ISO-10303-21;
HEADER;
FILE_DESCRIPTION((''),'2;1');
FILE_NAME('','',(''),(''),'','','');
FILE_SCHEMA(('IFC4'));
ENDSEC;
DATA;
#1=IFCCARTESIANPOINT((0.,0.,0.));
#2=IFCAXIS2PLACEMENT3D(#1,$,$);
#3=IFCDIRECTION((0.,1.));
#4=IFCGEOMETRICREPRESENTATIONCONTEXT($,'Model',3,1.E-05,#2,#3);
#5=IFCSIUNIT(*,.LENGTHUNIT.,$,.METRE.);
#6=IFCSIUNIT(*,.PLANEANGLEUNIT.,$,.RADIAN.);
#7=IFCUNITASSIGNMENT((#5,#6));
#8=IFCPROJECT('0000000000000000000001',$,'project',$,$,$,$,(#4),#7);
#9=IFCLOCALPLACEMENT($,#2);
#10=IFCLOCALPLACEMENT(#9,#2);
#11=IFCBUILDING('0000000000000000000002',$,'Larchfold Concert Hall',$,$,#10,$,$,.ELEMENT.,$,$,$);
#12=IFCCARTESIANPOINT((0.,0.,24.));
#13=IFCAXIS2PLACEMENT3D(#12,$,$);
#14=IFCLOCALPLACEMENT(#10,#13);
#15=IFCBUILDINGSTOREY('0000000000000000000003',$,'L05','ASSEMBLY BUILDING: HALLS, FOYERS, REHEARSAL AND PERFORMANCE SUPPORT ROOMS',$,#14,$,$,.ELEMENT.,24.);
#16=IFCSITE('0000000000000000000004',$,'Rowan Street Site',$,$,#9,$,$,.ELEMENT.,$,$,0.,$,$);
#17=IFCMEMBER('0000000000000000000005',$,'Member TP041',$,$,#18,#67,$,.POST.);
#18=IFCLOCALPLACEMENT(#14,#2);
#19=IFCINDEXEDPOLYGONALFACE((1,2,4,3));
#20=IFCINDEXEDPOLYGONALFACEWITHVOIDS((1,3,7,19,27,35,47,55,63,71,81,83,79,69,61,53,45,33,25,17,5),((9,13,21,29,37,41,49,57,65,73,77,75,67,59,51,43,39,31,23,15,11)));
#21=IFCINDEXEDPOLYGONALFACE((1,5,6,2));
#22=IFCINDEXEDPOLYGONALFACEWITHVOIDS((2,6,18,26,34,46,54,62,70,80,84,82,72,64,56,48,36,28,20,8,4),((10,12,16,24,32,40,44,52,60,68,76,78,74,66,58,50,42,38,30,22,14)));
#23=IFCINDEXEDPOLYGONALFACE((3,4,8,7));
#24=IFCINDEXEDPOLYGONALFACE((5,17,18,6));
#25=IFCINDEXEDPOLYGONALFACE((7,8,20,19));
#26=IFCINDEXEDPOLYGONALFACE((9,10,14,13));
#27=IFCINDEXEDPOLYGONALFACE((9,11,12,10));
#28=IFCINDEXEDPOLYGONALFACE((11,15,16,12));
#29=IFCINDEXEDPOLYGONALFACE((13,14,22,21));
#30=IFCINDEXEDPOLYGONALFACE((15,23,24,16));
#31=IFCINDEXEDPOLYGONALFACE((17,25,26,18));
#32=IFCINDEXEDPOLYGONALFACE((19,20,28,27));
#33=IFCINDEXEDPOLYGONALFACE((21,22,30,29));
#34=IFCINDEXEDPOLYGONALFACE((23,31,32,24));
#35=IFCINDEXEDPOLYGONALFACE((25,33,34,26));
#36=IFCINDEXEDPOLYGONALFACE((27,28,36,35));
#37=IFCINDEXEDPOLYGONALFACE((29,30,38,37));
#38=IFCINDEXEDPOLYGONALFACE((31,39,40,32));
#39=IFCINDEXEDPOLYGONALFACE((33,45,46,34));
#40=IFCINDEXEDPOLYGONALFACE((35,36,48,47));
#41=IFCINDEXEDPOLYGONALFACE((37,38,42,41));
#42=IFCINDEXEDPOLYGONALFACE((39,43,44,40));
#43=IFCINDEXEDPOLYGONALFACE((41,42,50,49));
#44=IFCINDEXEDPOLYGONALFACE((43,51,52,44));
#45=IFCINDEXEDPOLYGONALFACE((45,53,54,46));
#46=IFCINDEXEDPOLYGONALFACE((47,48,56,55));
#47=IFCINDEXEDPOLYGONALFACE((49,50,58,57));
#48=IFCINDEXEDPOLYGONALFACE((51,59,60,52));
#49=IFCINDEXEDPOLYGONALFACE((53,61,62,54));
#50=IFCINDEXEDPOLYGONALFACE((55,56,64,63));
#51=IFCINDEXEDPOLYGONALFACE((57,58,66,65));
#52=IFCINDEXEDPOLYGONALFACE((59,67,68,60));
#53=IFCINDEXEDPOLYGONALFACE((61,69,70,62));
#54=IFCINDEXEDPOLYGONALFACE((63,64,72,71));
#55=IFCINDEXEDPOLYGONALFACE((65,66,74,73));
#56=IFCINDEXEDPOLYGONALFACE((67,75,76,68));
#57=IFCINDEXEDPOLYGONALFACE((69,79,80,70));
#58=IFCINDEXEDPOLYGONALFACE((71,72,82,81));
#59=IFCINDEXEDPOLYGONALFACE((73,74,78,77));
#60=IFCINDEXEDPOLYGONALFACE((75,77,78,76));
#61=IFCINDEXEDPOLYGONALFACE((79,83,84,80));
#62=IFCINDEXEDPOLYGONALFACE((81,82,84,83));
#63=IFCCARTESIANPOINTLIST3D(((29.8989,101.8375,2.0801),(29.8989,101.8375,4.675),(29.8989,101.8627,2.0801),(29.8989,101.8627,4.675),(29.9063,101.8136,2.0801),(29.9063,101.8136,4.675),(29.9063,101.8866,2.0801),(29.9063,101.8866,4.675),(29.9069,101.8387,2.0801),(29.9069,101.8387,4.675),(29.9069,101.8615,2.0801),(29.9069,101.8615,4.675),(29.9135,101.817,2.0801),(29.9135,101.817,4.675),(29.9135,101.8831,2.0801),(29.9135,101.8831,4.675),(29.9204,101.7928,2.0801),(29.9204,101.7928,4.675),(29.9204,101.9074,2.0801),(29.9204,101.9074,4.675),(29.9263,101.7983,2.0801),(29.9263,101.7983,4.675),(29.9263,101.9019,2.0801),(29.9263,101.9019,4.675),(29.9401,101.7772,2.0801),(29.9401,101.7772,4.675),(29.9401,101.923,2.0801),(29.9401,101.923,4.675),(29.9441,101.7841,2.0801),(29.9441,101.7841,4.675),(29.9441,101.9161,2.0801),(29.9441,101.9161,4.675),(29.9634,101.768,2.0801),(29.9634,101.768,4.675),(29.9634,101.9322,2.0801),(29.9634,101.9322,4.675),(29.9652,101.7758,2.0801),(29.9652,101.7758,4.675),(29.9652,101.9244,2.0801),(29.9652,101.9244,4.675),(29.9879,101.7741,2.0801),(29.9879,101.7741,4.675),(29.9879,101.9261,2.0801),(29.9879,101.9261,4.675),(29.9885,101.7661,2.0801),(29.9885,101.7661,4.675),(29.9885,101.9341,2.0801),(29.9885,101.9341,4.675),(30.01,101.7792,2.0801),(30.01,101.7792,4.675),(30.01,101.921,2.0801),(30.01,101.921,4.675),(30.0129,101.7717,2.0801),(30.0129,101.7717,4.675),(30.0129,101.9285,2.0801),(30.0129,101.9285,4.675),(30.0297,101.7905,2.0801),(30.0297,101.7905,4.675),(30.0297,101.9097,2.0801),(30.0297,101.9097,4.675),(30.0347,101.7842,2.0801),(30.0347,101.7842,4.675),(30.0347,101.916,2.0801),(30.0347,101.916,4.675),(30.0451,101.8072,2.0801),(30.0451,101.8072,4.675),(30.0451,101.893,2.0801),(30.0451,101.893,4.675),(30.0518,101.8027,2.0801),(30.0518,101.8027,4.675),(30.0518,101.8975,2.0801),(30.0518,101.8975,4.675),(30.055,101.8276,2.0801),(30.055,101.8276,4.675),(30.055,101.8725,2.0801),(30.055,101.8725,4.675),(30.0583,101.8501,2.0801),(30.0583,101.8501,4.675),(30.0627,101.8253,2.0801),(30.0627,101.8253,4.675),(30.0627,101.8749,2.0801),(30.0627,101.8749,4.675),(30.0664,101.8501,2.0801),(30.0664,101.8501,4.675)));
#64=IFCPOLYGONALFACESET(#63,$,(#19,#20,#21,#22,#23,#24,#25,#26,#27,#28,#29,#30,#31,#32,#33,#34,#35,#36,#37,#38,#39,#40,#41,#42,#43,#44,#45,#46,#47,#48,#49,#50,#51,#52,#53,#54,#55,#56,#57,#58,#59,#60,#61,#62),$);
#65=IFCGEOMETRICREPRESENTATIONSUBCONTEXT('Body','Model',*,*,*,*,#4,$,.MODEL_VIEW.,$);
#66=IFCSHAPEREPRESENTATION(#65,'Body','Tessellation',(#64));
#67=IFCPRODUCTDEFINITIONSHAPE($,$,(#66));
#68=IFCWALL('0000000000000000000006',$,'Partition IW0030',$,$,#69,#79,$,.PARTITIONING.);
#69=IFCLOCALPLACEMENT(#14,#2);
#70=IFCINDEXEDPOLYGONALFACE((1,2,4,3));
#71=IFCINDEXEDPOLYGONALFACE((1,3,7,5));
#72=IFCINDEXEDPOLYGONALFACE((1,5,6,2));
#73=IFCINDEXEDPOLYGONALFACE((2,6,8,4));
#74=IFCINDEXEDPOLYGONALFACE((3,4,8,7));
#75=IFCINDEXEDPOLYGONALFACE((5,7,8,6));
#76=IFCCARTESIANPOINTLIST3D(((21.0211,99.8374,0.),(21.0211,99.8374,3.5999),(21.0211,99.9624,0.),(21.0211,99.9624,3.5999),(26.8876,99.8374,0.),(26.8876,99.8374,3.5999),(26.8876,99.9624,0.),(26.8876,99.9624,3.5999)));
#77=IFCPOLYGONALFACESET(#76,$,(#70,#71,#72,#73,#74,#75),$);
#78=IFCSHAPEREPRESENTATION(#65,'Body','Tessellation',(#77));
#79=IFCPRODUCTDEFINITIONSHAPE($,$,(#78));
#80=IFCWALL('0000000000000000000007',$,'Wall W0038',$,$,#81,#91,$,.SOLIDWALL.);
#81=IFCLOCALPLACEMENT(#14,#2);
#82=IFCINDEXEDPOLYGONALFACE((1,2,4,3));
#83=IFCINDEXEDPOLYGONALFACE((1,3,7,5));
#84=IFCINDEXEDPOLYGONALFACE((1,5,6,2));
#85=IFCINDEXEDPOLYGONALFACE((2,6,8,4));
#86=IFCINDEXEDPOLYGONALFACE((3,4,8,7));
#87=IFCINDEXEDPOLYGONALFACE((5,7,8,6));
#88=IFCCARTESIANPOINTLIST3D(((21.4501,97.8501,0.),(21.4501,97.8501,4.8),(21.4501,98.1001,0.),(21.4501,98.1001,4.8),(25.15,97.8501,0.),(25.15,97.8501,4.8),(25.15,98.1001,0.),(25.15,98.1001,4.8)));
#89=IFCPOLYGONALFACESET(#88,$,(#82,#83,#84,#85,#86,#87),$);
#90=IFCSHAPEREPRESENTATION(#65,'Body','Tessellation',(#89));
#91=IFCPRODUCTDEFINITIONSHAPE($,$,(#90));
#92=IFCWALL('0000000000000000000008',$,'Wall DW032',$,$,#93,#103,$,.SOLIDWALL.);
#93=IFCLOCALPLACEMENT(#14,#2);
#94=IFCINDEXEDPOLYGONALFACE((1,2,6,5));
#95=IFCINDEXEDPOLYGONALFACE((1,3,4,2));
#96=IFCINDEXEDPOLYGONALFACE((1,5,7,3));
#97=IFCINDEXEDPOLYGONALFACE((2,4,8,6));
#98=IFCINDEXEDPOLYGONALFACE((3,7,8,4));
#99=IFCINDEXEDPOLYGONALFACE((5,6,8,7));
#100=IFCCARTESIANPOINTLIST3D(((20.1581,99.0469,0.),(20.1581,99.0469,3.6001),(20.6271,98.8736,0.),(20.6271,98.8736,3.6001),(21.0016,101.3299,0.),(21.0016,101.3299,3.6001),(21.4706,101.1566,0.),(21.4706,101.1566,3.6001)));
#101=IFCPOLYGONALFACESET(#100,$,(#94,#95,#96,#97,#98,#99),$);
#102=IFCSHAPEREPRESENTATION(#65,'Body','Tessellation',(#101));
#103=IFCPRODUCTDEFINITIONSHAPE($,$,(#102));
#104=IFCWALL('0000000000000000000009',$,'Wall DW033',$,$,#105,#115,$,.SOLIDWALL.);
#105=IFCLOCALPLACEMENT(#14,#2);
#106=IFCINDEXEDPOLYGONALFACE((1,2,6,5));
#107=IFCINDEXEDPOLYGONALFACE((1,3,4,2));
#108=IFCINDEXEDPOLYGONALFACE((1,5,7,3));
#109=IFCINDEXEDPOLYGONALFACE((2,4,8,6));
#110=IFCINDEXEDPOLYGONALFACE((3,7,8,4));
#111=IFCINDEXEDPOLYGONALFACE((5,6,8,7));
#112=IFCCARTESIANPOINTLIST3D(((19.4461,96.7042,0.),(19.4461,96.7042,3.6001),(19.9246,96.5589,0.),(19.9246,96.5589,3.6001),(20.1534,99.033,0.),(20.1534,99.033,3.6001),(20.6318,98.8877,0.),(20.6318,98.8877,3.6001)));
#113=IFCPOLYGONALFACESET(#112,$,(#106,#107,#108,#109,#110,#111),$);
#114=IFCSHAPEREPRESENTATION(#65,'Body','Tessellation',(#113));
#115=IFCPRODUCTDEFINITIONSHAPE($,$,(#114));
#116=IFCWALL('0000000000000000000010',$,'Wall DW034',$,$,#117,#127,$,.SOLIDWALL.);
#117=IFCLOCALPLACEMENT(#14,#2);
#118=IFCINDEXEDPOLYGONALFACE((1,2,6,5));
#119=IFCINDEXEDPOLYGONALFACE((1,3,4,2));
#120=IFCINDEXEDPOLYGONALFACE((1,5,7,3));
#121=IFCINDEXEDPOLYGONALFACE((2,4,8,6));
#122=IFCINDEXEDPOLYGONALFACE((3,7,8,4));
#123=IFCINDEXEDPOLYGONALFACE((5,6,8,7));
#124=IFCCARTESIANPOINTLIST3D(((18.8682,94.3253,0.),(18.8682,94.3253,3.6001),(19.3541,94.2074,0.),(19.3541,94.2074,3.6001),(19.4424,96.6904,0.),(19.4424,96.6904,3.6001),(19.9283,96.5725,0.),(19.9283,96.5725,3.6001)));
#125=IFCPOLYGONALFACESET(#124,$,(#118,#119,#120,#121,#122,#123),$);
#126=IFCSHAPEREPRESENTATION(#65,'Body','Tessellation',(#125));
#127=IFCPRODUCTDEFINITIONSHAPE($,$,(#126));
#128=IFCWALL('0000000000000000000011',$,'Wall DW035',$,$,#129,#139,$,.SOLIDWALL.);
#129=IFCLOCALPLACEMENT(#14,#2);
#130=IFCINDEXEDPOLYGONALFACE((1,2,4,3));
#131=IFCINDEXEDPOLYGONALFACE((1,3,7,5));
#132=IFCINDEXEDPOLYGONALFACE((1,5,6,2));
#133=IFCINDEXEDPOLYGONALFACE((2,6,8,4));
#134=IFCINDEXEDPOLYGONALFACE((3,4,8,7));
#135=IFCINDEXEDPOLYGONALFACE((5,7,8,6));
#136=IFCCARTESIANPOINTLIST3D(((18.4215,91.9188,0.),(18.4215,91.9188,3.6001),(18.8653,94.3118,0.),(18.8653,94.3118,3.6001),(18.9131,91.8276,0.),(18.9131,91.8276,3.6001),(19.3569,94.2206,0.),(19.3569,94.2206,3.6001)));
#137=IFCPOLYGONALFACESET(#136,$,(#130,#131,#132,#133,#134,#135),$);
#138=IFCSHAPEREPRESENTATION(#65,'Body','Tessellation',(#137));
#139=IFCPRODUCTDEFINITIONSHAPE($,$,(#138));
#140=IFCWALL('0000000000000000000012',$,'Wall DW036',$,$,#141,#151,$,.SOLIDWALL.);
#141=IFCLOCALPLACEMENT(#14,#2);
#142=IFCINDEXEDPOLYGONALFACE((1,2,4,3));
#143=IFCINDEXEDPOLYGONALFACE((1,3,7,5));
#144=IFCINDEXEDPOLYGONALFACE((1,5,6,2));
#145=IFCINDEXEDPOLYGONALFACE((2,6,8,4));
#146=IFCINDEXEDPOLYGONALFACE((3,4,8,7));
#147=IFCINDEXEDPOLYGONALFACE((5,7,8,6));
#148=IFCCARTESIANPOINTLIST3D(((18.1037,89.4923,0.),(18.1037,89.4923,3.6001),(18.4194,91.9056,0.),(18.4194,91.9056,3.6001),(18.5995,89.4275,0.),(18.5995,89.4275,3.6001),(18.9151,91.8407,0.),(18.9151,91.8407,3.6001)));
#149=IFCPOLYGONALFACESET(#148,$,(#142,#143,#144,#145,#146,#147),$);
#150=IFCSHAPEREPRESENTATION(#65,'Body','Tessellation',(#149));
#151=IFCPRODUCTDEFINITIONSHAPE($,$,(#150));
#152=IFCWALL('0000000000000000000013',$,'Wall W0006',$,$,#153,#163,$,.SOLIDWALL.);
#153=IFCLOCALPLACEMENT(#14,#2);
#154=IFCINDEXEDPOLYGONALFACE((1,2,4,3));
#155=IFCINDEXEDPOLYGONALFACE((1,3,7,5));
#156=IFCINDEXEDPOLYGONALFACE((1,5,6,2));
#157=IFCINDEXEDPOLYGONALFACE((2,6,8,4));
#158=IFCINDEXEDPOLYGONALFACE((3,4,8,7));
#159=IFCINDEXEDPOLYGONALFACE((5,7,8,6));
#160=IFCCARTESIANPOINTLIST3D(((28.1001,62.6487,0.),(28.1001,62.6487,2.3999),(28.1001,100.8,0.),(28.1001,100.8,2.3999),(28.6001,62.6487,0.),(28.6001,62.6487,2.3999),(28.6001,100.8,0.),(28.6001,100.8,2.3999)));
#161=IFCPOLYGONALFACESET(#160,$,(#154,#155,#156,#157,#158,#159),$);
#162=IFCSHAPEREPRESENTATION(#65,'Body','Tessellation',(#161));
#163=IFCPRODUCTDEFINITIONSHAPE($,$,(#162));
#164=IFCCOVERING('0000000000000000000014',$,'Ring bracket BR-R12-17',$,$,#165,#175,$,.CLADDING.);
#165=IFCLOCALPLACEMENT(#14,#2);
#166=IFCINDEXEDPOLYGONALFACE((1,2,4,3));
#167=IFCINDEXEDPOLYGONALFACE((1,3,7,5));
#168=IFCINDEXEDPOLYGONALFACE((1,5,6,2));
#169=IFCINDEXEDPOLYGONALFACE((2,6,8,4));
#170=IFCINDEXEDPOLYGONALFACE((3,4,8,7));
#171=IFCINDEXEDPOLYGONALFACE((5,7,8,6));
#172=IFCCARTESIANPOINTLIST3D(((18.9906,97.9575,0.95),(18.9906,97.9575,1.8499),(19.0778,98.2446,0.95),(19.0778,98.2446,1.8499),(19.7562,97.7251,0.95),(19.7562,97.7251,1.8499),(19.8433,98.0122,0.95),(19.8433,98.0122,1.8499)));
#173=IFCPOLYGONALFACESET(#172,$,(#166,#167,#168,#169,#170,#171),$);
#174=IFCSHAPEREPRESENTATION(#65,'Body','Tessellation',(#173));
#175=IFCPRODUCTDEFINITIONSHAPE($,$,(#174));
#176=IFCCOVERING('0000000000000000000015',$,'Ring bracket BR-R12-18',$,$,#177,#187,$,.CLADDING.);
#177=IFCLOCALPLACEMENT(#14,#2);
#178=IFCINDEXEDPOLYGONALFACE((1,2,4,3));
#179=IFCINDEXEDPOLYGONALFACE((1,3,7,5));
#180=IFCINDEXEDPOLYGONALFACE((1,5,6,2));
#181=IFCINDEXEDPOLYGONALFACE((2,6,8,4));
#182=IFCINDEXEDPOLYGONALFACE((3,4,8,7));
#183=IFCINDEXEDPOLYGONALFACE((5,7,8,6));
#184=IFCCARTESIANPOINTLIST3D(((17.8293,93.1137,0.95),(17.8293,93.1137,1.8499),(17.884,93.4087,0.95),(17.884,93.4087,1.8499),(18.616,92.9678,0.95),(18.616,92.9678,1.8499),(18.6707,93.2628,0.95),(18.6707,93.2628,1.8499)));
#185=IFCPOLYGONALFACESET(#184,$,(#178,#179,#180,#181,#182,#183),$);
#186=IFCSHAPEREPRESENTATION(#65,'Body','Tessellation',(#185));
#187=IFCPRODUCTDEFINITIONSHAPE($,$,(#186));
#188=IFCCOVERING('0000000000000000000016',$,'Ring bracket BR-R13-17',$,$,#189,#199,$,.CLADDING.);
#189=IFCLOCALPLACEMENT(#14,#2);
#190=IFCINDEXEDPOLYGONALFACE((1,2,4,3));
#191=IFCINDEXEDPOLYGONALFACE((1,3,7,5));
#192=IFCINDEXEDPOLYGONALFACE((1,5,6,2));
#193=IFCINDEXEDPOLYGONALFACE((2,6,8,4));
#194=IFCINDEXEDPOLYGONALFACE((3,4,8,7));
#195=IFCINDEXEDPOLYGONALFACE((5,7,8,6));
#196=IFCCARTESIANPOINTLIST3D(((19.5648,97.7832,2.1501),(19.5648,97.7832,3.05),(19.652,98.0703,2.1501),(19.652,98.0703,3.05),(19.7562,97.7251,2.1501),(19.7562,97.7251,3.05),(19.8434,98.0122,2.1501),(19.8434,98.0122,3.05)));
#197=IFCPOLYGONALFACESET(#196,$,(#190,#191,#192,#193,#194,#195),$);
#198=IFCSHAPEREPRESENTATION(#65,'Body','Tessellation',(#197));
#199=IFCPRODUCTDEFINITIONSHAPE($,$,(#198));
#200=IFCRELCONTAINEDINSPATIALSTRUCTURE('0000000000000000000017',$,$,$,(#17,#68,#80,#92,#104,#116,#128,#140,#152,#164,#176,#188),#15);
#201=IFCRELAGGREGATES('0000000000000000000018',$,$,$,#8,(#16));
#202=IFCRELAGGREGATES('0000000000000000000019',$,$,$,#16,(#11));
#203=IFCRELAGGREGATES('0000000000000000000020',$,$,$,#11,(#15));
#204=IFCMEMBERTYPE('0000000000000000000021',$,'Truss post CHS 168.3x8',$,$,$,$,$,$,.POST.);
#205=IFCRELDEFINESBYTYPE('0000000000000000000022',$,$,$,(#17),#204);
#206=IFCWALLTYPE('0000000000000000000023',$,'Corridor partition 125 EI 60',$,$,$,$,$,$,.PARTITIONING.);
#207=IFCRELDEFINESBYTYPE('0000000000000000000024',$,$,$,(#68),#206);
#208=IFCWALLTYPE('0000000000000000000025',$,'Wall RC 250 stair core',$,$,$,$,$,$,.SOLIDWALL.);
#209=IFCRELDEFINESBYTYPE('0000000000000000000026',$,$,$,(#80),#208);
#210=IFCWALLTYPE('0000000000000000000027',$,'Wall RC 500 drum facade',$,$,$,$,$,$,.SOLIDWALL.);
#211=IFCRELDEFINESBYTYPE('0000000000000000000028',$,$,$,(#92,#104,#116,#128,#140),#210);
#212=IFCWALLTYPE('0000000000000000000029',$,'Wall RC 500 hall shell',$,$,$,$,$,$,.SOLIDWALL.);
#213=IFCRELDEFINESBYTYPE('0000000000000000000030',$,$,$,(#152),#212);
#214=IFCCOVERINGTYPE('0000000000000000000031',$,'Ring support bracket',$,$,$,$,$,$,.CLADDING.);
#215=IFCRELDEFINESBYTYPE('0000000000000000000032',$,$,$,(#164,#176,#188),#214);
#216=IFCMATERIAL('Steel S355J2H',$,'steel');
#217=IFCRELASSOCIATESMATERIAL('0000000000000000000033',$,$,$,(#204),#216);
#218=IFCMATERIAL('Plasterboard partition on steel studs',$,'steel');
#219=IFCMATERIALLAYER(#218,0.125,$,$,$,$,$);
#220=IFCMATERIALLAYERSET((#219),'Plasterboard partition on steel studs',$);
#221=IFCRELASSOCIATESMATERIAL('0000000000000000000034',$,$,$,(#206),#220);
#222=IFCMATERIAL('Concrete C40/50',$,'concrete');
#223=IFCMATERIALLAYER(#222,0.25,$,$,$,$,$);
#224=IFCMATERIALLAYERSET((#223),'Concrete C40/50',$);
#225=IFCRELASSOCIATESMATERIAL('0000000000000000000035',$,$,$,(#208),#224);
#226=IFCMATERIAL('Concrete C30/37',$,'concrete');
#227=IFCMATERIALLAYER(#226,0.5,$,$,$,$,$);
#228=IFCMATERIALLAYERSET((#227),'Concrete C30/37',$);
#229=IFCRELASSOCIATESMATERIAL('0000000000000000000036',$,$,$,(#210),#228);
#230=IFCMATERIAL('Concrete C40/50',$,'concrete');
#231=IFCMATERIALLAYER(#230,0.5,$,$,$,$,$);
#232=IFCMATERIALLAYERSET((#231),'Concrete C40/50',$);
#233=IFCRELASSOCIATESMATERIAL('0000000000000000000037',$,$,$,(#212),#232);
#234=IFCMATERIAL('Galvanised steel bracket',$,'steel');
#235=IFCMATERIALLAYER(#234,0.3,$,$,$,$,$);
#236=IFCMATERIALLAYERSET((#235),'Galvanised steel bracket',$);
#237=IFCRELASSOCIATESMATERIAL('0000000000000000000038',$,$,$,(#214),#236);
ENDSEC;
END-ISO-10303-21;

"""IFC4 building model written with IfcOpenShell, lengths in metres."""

from ifc_helpers import new_model, si_unit, direction, frame, frame_2d, origin, origin_2d, place, context, subcontext, project, spatial, rectangle, hollow_circle, extrude, material, layer, layer_set, material_profile, profile_set, type_object, element, save


model = new_model("IFC4")

# Units and contexts
model_context = context("Model", 3, precision=1e-05, world=origin(), true_north=direction((0.0, 1.0)))
body_context = subcontext(model_context, "Body", "Model", "MODEL_VIEW")
ifc_project = project(units=[si_unit("LENGTHUNIT", "METRE"), si_unit("PLANEANGLEUNIT", "RADIAN")], contexts=[model_context])

# Site, building, storey
site_placement = place(None, origin())
site = spatial("IfcSite", under=ifc_project, at=site_placement, Name="Rowan Street Site", CompositionType="ELEMENT", RefElevation=0.0)
building_placement = place(site_placement, origin())
building = spatial("IfcBuilding", under=site, at=building_placement, Name="Larchfold Concert Hall", CompositionType="ELEMENT")
storey_placement = place(building_placement, frame((0.0, 0.0, 24.0)))
storey = spatial("IfcBuildingStorey", under=building, at=storey_placement, Name="L05", Description="ASSEMBLY BUILDING: HALLS, FOYERS, REHEARSAL AND PERFORMANCE SUPPORT ROOMS", CompositionType="ELEMENT", Elevation=24.0)

# Member
ifc_material_1 = material(Name="Steel S355J2H", Category="steel")
ifc_material_profile_1 = material_profile(ifc_material_1, hollow_circle(Radius=0.0842, WallThickness=0.0081, at=origin_2d()))
ifc_profile_set_1 = profile_set([ifc_material_profile_1], Name="Steel S355J2H")
member_type = type_object("IfcMemberType", Name="Truss post CHS 168.3x8", PredefinedType="POST", material=ifc_profile_set_1)
member_placement = place(storey_placement, frame((29.9822, 101.8501, 2.0801), z_axis=(0.0, 0.0, 1.0), x_axis=(1.0, 0.0, 0.0)))
element("IfcMember", 1, at=member_placement, inside=storey, type_object=member_type, Name="Member TP041", PredefinedType="POST", context=body_context, shape_type="SweptSolid", body=[
    extrude(hollow_circle(Radius=0.0842, WallThickness=0.0081, at=origin_2d()), origin(), (0.0, 0.0, 1.0), 2.595),
])

# Walls
ifc_material_2 = material(Name="Plasterboard partition on steel studs", Category="steel")
ifc_layer_1 = layer(ifc_material_2, 0.125)
ifc_layer_set_1 = layer_set([ifc_layer_1], Name="Plasterboard partition on steel studs")
wall_type_1 = type_object("IfcWallType", Name="Corridor partition 125 EI 60", PredefinedType="PARTITIONING", material=ifc_layer_set_1)
wall_1_placement = place(storey_placement, frame((26.8875, 99.8999, 0.0), z_axis=(0.0, 0.0, 1.0), x_axis=(-1.0, 0.0, 0.0)))
element("IfcWall", 2, at=wall_1_placement, inside=storey, type_object=wall_type_1, Name="Partition IW0030", PredefinedType="PARTITIONING", context=body_context, shape_type="SweptSolid", body=[
    extrude(rectangle(XDim=5.8665, YDim=0.125, at=frame_2d((2.9331, 0.0))), origin(), (0.0, 0.0, 1.0), 3.5999),
])
ifc_material_3 = material(Name="Concrete C40/50", Category="concrete")
ifc_layer_2 = layer(ifc_material_3, 0.25)
ifc_layer_set_2 = layer_set([ifc_layer_2], Name="Concrete C40/50")
wall_type_2 = type_object("IfcWallType", Name="Wall RC 250 stair core", PredefinedType="SOLIDWALL", material=ifc_layer_set_2)
wall_2_placement = place(storey_placement, frame((21.45, 97.9751, 0.0), z_axis=(0.0, 0.0, 1.0), x_axis=(1.0, 0.0, 0.0)))
element("IfcWall", 3, at=wall_2_placement, inside=storey, type_object=wall_type_2, Name="Wall W0038", PredefinedType="SOLIDWALL", context=body_context, shape_type="SweptSolid", body=[
    extrude(rectangle(XDim=3.7, YDim=0.25, at=frame_2d((1.8501, 0.0))), origin(), (0.0, 0.0, 1.0), 4.8),
])
ifc_material_4 = material(Name="Concrete C30/37", Category="concrete")
ifc_layer_3 = layer(ifc_material_4, 0.5)
ifc_layer_set_3 = layer_set([ifc_layer_3], Name="Concrete C30/37")
wall_type_3 = type_object("IfcWallType", Name="Wall RC 500 drum facade", PredefinedType="SOLIDWALL", material=ifc_layer_set_3)
for number, where, z_axis, x_axis, name in (
    (4, (21.2361, 101.2432, 0.0), (0.0, 0.0, 1.0), (-0.346579, -0.938021, 0.0), "Wall DW032"),
    (5, (20.3926, 98.9602, 0.0), (0.0, 0.0, 1.0), (-0.290595, -0.956846, 0.0), "Wall DW033"),
    (6, (19.6853, 96.6313, 0.0), (0.0, 0.0, 1.0), (-0.235922, -0.971772, 0.0), "Wall DW034"),
    (7, (19.1111, 94.2661, 0.0), (0.0, 0.0, 1.0), (-0.182362, -0.983231, 0.0), "Wall DW035"),
    (8, (18.6672, 91.873, 0.0), (0.0, 0.0, 1.0), (-0.129699, -0.991553, 0.0), "Wall DW036"),
):
    element("IfcWall", number, at=place(storey_placement, frame(where, z_axis=z_axis, x_axis=x_axis)), inside=storey, type_object=wall_type_3, Name=name, PredefinedType="SOLIDWALL", context=body_context, shape_type="SweptSolid", body=[
        extrude(rectangle(XDim=2.4338, YDim=0.5, at=frame_2d((1.2168, 0.0))), origin(), (0.0, 0.0, 1.0), 3.6001),
    ])
ifc_material_5 = material(Name="Concrete C40/50", Category="concrete")
ifc_layer_4 = layer(ifc_material_5, 0.5)
ifc_layer_set_4 = layer_set([ifc_layer_4], Name="Concrete C40/50")
wall_type_4 = type_object("IfcWallType", Name="Wall RC 500 hall shell", PredefinedType="SOLIDWALL", material=ifc_layer_set_4)
wall_3_placement = place(storey_placement, frame((28.3501, 100.8, 0.0), z_axis=(0.0, 0.0, 1.0), x_axis=(0.0, -1.0, 0.0)))
element("IfcWall", 9, at=wall_3_placement, inside=storey, type_object=wall_type_4, Name="Wall W0006", PredefinedType="SOLIDWALL", context=body_context, shape_type="SweptSolid", body=[
    extrude(rectangle(XDim=38.1514, YDim=0.5, at=frame_2d((19.0757, 0.0))), origin(), (0.0, 0.0, 1.0), 2.3999),
])

# Coverings
ifc_material_6 = material(Name="Galvanised steel bracket", Category="steel")
ifc_layer_5 = layer(ifc_material_6, 0.3)
ifc_layer_set_5 = layer_set([ifc_layer_5], Name="Galvanised steel bracket")
covering_type = type_object("IfcCoveringType", Name="Ring support bracket", PredefinedType="CLADDING", material=ifc_layer_set_5)
for number, where, z_axis, x_axis, name in (
    (10, (19.417, 97.9849, 0.95), (0.0, 0.0, 1.0), (-0.956855, 0.290566, 0.0), "Ring bracket BR-R12-17"),
    (11, (18.25, 93.1882, 0.95), (0.0, 0.0, 1.0), (-0.983232, 0.182361, 0.0), "Ring bracket BR-R12-18"),
):
    element("IfcCovering", number, at=place(storey_placement, frame(where, z_axis=z_axis, x_axis=x_axis)), inside=storey, type_object=covering_type, Name=name, PredefinedType="CLADDING", context=body_context, shape_type="SweptSolid", body=[
        extrude(rectangle(XDim=0.8, YDim=0.3, at=origin_2d()), origin(), (0.0, 0.0, 1.0), 0.8999),
    ])
for number, where, z_axis, x_axis, name in (
    (12, (19.7041, 97.8977, 2.1501), (0.0, 0.0, 1.0), (-0.956855, 0.290566, 0.0), "Ring bracket BR-R13-17"),
):
    element("IfcCovering", number, at=place(storey_placement, frame(where, z_axis=z_axis, x_axis=x_axis)), inside=storey, type_object=covering_type, Name=name, PredefinedType="CLADDING", context=body_context, shape_type="SweptSolid", body=[
        extrude(rectangle(XDim=0.2, YDim=0.3, at=origin_2d()), origin(), (0.0, 0.0, 1.0), 0.8999),
    ])

save(model, "model.ifc")
